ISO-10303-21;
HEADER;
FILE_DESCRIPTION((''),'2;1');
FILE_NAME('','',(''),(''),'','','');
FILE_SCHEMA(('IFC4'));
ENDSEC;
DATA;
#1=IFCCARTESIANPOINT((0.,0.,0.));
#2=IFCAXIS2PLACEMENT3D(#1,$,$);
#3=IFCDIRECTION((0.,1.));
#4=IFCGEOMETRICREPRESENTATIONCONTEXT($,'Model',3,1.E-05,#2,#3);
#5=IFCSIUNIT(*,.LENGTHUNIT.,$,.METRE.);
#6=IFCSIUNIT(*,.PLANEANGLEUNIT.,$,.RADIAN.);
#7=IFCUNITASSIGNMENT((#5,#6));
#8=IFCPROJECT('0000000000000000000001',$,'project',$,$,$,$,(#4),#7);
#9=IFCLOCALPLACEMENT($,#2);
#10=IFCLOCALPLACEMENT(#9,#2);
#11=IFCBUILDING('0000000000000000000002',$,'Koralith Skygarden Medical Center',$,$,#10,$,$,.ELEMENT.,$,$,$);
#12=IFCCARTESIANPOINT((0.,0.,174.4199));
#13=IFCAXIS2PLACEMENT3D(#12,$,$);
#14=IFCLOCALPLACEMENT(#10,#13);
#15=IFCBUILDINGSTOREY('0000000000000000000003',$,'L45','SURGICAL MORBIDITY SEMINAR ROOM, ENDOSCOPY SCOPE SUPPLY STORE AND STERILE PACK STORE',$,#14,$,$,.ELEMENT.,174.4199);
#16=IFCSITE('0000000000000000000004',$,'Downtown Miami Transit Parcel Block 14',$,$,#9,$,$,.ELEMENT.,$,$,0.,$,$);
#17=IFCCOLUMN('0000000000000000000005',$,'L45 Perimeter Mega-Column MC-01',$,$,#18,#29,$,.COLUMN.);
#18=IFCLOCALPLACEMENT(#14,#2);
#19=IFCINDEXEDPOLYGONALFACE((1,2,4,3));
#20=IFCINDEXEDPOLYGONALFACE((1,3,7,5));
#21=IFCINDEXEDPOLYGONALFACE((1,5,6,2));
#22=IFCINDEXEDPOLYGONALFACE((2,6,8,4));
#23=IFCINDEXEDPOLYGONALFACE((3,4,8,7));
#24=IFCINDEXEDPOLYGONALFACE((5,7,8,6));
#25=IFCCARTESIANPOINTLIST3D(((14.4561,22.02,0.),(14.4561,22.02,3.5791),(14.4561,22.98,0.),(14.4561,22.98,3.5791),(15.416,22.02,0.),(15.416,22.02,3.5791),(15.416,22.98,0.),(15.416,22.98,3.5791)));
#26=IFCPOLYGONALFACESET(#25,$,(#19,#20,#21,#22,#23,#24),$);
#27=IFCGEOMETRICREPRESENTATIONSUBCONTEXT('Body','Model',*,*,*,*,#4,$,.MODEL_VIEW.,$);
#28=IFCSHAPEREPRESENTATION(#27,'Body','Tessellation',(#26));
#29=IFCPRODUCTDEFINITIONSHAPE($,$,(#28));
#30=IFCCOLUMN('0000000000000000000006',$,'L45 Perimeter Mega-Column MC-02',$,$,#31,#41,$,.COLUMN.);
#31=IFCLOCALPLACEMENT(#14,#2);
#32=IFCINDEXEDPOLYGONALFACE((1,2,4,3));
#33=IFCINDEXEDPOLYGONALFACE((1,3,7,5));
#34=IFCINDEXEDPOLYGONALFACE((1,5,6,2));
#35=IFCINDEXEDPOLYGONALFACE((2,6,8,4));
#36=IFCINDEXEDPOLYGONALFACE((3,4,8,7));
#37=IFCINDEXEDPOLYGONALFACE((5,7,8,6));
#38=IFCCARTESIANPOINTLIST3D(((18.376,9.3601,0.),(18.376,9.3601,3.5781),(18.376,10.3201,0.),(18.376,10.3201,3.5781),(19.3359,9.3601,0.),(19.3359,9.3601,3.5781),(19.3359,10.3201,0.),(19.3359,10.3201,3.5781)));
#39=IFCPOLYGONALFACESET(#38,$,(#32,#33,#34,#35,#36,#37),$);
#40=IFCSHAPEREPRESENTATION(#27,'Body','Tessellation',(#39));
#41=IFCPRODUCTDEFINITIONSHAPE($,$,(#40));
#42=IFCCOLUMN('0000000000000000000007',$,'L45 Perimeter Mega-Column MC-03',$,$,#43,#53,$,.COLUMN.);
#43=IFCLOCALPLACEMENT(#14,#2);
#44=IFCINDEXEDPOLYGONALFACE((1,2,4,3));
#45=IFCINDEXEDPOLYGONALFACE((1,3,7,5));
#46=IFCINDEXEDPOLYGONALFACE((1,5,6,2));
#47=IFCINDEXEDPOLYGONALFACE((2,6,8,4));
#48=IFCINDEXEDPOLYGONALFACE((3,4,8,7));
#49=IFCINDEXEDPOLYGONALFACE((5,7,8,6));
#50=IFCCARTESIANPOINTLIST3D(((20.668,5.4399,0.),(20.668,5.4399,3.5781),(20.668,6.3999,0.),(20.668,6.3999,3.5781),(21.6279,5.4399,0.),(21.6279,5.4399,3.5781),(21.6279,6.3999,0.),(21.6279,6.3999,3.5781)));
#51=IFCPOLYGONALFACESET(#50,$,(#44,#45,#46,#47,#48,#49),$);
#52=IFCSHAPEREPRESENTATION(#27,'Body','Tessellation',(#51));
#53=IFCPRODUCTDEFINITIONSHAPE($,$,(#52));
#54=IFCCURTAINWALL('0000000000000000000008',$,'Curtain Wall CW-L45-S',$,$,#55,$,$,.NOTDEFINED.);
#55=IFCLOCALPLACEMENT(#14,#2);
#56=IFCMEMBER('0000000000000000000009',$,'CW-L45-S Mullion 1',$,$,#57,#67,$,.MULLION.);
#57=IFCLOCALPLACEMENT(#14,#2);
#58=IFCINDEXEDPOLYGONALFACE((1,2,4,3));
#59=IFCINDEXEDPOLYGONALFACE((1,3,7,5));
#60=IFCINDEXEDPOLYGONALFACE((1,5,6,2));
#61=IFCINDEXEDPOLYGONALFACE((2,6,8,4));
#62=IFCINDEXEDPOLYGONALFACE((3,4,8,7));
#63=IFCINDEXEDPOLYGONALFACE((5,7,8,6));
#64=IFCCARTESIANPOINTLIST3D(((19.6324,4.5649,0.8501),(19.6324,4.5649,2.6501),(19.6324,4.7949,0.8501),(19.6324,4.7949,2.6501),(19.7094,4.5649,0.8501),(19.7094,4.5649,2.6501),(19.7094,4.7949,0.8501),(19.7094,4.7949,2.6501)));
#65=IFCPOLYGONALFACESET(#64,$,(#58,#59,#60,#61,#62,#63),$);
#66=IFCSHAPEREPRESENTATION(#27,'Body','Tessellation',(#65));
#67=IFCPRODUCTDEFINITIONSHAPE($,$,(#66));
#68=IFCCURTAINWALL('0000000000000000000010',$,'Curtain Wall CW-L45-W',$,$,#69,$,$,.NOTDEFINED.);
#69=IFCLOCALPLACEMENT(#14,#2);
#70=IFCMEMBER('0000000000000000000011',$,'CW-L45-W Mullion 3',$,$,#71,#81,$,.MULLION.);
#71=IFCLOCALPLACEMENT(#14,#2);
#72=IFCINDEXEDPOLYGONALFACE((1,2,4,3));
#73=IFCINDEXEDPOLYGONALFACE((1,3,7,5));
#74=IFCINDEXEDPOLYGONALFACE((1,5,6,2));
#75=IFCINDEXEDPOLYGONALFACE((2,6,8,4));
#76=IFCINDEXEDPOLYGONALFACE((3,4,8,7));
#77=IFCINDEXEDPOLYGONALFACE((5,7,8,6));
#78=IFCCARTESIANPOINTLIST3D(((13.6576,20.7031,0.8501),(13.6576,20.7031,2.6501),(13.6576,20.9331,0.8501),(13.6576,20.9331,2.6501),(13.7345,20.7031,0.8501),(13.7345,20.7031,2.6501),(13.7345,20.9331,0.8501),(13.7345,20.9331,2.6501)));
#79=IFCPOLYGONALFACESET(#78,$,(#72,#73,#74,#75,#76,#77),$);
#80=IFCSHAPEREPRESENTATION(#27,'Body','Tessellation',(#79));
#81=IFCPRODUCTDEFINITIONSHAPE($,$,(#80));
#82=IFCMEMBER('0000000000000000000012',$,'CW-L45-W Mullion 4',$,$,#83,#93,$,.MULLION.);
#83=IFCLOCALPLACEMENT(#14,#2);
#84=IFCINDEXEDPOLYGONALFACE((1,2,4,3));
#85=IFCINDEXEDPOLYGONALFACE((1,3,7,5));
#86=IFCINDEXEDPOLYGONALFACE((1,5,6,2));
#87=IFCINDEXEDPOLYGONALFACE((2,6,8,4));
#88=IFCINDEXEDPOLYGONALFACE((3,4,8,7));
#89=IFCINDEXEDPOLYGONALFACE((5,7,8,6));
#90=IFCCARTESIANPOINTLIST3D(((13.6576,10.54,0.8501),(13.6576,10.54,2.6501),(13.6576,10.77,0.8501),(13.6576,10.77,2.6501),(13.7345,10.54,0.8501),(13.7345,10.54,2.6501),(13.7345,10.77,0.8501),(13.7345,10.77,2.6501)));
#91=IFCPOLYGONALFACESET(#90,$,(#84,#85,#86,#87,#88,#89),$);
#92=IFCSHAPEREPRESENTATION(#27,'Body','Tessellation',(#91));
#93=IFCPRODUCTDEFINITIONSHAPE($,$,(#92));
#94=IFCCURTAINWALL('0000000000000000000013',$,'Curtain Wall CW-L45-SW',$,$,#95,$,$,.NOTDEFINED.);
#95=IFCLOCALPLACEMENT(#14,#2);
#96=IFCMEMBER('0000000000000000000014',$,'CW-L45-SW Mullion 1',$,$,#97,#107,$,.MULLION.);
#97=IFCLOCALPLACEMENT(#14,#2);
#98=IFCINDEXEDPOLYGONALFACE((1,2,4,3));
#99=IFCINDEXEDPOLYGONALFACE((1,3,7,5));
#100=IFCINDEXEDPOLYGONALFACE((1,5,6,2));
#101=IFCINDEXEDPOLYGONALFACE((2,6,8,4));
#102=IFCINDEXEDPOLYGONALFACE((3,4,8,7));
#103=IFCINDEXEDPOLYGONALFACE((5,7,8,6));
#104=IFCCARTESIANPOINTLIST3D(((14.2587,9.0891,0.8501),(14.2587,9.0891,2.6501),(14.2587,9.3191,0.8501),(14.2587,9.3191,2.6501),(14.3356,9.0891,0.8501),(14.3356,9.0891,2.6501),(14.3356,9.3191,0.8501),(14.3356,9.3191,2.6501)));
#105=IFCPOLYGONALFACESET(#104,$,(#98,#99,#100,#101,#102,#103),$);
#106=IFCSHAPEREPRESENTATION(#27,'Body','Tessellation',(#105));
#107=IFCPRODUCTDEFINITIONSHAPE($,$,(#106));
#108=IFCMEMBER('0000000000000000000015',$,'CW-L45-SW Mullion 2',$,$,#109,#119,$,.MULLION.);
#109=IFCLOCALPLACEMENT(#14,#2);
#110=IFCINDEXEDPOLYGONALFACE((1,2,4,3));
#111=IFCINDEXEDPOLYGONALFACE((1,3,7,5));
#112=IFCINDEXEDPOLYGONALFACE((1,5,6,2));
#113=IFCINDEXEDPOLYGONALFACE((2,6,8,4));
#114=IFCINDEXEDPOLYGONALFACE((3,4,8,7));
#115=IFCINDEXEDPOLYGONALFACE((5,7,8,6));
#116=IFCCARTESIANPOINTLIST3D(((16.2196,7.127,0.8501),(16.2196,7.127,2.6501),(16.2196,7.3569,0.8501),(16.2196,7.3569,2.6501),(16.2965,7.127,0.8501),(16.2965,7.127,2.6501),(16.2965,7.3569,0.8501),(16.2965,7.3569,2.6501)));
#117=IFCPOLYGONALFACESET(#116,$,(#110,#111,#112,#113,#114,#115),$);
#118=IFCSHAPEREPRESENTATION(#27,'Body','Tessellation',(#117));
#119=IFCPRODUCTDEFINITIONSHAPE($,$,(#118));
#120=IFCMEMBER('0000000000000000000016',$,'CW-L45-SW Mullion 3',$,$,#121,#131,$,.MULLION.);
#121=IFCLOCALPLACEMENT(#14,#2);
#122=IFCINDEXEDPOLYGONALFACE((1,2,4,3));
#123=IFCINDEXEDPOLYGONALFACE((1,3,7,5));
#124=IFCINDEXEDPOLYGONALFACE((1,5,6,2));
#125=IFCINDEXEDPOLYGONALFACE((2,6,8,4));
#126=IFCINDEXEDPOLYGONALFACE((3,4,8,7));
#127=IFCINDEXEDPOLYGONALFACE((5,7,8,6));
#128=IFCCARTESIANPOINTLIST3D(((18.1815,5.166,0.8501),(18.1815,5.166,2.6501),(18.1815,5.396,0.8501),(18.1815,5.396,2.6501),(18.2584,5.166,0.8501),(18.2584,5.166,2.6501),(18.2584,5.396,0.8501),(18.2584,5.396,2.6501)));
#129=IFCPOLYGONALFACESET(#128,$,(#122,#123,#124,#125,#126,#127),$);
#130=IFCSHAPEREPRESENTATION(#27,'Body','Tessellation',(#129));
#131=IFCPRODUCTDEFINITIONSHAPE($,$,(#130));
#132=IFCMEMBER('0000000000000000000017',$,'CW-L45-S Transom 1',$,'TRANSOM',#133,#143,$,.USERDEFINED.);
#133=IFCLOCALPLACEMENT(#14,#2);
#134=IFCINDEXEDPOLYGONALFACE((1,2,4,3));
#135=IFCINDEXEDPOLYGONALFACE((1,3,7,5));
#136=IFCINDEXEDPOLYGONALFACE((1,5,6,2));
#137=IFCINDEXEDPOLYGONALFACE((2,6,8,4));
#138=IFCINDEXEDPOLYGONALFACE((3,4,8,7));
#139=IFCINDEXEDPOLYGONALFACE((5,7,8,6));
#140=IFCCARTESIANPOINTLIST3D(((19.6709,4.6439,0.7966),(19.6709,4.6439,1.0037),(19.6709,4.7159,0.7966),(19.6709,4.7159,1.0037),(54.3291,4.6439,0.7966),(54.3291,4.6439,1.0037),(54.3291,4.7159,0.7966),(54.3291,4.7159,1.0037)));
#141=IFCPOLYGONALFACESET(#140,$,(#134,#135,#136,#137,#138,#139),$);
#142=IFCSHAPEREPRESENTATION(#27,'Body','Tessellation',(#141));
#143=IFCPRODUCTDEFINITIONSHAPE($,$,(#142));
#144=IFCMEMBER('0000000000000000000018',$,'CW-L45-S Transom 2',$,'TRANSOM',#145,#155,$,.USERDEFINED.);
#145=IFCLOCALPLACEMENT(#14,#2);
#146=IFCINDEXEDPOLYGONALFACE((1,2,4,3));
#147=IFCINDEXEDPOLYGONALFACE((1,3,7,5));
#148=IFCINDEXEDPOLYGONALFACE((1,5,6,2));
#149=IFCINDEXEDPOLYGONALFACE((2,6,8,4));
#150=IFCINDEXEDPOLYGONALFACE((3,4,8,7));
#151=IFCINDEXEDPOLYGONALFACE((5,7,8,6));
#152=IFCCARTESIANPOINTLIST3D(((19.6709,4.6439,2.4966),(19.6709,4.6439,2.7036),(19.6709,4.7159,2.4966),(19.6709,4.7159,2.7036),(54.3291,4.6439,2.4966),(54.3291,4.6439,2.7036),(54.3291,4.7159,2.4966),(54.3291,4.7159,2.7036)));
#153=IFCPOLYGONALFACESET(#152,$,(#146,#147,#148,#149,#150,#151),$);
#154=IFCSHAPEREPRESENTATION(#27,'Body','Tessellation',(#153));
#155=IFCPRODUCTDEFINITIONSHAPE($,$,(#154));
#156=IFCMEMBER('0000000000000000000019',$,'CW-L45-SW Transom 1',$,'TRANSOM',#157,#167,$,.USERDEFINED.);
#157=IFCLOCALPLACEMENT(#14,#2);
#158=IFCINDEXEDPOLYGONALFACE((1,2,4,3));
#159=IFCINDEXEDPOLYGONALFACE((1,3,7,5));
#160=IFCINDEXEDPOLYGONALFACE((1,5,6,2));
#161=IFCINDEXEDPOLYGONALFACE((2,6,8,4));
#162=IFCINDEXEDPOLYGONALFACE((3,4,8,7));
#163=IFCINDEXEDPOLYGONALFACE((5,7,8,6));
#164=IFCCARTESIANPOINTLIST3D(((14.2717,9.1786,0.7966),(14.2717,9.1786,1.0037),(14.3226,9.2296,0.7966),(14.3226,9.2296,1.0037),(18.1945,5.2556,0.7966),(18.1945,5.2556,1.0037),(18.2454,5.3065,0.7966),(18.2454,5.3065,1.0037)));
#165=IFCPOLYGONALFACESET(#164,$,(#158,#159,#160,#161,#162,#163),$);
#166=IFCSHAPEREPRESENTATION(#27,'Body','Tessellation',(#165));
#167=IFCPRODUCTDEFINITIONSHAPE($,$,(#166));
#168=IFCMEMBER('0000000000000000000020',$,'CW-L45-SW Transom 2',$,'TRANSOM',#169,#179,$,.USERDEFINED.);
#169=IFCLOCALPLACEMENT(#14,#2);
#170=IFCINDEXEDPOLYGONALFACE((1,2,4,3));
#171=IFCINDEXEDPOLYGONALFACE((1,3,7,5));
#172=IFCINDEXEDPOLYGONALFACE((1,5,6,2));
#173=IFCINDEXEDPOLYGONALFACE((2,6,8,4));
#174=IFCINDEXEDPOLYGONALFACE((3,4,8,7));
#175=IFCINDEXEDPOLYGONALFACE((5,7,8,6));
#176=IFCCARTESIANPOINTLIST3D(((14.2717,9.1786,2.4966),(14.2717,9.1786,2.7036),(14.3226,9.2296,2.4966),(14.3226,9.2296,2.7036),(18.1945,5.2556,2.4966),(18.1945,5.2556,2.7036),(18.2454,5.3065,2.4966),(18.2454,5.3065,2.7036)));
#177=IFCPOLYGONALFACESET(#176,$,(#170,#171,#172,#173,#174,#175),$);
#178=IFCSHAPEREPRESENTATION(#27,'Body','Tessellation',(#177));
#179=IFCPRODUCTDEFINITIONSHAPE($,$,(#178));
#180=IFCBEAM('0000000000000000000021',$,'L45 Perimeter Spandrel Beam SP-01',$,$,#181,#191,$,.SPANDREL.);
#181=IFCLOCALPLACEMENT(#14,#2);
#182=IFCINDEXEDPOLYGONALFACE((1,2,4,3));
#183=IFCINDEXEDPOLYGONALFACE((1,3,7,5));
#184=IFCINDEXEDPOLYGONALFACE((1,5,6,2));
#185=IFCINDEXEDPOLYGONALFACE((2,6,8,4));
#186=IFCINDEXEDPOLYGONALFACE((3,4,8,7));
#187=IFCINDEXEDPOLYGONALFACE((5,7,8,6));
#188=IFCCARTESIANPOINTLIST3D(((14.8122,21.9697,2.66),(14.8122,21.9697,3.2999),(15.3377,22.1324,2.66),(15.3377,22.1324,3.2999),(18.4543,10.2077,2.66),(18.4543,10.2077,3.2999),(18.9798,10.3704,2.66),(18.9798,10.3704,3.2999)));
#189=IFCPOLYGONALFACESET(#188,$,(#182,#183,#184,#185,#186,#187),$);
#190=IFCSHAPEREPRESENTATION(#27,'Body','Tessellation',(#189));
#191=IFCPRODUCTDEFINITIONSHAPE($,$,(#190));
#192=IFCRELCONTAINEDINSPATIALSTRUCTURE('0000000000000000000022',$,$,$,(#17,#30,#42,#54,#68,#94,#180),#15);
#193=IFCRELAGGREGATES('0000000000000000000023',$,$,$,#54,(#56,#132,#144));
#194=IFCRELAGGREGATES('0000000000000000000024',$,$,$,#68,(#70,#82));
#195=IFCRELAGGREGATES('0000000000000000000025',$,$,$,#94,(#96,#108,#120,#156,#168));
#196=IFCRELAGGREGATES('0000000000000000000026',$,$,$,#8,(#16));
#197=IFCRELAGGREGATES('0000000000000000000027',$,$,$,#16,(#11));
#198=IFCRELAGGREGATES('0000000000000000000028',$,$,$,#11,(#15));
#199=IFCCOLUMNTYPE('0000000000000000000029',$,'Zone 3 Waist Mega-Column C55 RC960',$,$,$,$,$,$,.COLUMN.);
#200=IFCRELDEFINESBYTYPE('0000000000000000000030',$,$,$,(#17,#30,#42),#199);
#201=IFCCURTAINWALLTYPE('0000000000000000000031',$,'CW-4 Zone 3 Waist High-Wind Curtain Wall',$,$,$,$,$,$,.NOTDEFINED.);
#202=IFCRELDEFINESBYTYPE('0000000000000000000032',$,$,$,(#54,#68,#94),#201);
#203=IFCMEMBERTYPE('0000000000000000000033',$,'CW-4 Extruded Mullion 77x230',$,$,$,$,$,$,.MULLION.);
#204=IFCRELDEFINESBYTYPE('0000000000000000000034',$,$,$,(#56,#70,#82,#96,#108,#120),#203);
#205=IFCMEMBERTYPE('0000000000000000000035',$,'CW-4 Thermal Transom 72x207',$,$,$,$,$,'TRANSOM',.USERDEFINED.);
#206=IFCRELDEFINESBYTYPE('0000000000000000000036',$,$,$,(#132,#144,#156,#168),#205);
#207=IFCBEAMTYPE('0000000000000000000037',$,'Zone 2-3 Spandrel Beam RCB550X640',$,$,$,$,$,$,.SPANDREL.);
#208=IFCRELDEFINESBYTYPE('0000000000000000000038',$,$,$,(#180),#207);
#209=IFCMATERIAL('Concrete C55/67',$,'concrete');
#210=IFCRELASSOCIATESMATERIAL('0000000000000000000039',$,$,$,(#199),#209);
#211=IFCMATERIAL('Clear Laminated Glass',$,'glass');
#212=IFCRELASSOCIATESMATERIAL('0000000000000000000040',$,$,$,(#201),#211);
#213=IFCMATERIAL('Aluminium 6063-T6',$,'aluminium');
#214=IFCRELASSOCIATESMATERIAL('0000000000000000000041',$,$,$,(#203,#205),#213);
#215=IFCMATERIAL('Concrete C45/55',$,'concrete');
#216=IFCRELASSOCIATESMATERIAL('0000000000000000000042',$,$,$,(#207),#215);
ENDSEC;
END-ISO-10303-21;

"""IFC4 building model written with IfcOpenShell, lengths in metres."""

from ifc_helpers import new_model, si_unit, direction, frame, origin, origin_2d, place, context, subcontext, project, spatial, rectangle, extrude, material, material_profile, profile_set, type_object, element, aggregate, save


model = new_model("IFC4")

# Units and contexts
model_context = context("Model", 3, precision=1e-05, world=origin(), true_north=direction((0.0, 1.0)))
body_context = subcontext(model_context, "Body", "Model", "MODEL_VIEW")
ifc_project = project(units=[si_unit("LENGTHUNIT", "METRE"), si_unit("PLANEANGLEUNIT", "RADIAN")], contexts=[model_context])

# Site, building, storey
site_placement = place(None, origin())
site = spatial("IfcSite", under=ifc_project, at=site_placement, Name="Downtown Miami Transit Parcel Block 14", CompositionType="ELEMENT", RefElevation=0.0)
building_placement = place(site_placement, origin())
building = spatial("IfcBuilding", under=site, at=building_placement, Name="Koralith Skygarden Medical Center", CompositionType="ELEMENT")
storey_placement = place(building_placement, frame((0.0, 0.0, 174.4199)))
storey = spatial("IfcBuildingStorey", under=building, at=storey_placement, Name="L45", Description="SURGICAL MORBIDITY SEMINAR ROOM, ENDOSCOPY SCOPE SUPPLY STORE AND STERILE PACK STORE", CompositionType="ELEMENT", Elevation=174.4199)

# Columns
ifc_material_1 = material(Name="Concrete C55/67", Category="concrete")
ifc_material_profile_1 = material_profile(ifc_material_1, rectangle(XDim=0.96, YDim=0.96, at=origin_2d()), Name="RC960X960")
ifc_profile_set_1 = profile_set([ifc_material_profile_1], Name="Concrete C55/67")
column_type = type_object("IfcColumnType", Name="Zone 3 Waist Mega-Column C55 RC960", PredefinedType="COLUMN", material=ifc_profile_set_1)
column_placement = place(storey_placement, frame((14.936, 22.5, 0.0), z_axis=(0.0, 0.0, 1.0), x_axis=(1.0, 0.0, 0.0)))
element("IfcColumn", 1, at=column_placement, inside=storey, type_object=column_type, Name="L45 Perimeter Mega-Column MC-01", PredefinedType="COLUMN", context=body_context, shape_type="SweptSolid", body=[
    extrude(rectangle(XDim=0.96, YDim=0.96, at=origin_2d()), origin(), (0.0, 0.0, 1.0), 3.5791),
])
for number, where, z_axis, x_axis, name in (
    (2, (18.856, 9.8401, 0.0), (0.0, 0.0, 1.0), (1.0, 0.0, 0.0), "L45 Perimeter Mega-Column MC-02"),
    (3, (21.1479, 5.9199, 0.0), (0.0, 0.0, 1.0), (1.0, 0.0, 0.0), "L45 Perimeter Mega-Column MC-03"),
):
    element("IfcColumn", number, at=place(storey_placement, frame(where, z_axis=z_axis, x_axis=x_axis)), inside=storey, type_object=column_type, Name=name, PredefinedType="COLUMN", context=body_context, shape_type="SweptSolid", body=[
        extrude(rectangle(XDim=0.96, YDim=0.96, at=origin_2d()), origin(), (0.0, 0.0, 1.0), 3.5781),
    ])

# Curtain wall, member
ifc_material_2 = material(Name="Clear Laminated Glass", Category="glass")
curtain_wall_type = type_object("IfcCurtainWallType", Name="CW-4 Zone 3 Waist High-Wind Curtain Wall", PredefinedType="NOTDEFINED", material=ifc_material_2)
curtain_wall_1_placement = place(storey_placement, origin())
curtain_wall_1 = element("IfcCurtainWall", 4, at=curtain_wall_1_placement, inside=storey, type_object=curtain_wall_type, Name="Curtain Wall CW-L45-S", PredefinedType="NOTDEFINED")
ifc_material_3 = material(Name="Aluminium 6063-T6", Category="aluminium")
ifc_material_profile_2 = material_profile(ifc_material_3, rectangle(XDim=0.0769, YDim=0.23, at=origin_2d()), Name="MUL77X230")
ifc_profile_set_2 = profile_set([ifc_material_profile_2], Name="Aluminium 6063-T6")
member_type_1 = type_object("IfcMemberType", Name="CW-4 Extruded Mullion 77x230", PredefinedType="MULLION", material=ifc_profile_set_2)
member_1_placement = place(storey_placement, frame((19.6709, 4.6799, 0.8501), z_axis=(0.0, 0.0, 1.0), x_axis=(1.0, 0.0, 0.0)))
member_1 = element("IfcMember", 5, at=member_1_placement, type_object=member_type_1, Name="CW-L45-S Mullion 1", PredefinedType="MULLION", context=body_context, shape_type="SweptSolid", body=[
    extrude(rectangle(XDim=0.0769, YDim=0.23, at=origin_2d()), origin(), (0.0, 0.0, 1.0), 1.8),
])

# Curtain walls, members
curtain_wall_2_placement = place(storey_placement, origin())
curtain_wall_2 = element("IfcCurtainWall", 6, at=curtain_wall_2_placement, inside=storey, type_object=curtain_wall_type, Name="Curtain Wall CW-L45-W", PredefinedType="NOTDEFINED")
member_2_placement = place(storey_placement, frame((13.696, 20.8181, 0.8501), z_axis=(0.0, 0.0, 1.0), x_axis=(1.0, 0.0, 0.0)))
member_2 = element("IfcMember", 7, at=member_2_placement, type_object=member_type_1, Name="CW-L45-W Mullion 3", PredefinedType="MULLION", context=body_context, shape_type="SweptSolid", body=[
    extrude(rectangle(XDim=0.0769, YDim=0.23, at=origin_2d()), origin(), (0.0, 0.0, 1.0), 1.8),
])
member_3_placement = place(storey_placement, frame((13.696, 10.655, 0.8501), z_axis=(0.0, 0.0, 1.0), x_axis=(1.0, 0.0, 0.0)))
member_3 = element("IfcMember", 8, at=member_3_placement, type_object=member_type_1, Name="CW-L45-W Mullion 4", PredefinedType="MULLION", context=body_context, shape_type="SweptSolid", body=[
    extrude(rectangle(XDim=0.0769, YDim=0.23, at=origin_2d()), origin(), (0.0, 0.0, 1.0), 1.8),
])
curtain_wall_3_placement = place(storey_placement, origin())
curtain_wall_3 = element("IfcCurtainWall", 9, at=curtain_wall_3_placement, inside=storey, type_object=curtain_wall_type, Name="Curtain Wall CW-L45-SW", PredefinedType="NOTDEFINED")
member_4_placement = place(storey_placement, frame((14.2971, 9.2041, 0.8501), z_axis=(0.0, 0.0, 1.0), x_axis=(1.0, 0.0, 0.0)))
member_4 = element("IfcMember", 10, at=member_4_placement, type_object=member_type_1, Name="CW-L45-SW Mullion 1", PredefinedType="MULLION", context=body_context, shape_type="SweptSolid", body=[
    extrude(rectangle(XDim=0.0769, YDim=0.23, at=origin_2d()), origin(), (0.0, 0.0, 1.0), 1.8),
])
member_5_placement = place(storey_placement, frame((16.2581, 7.2419, 0.8501), z_axis=(0.0, 0.0, 1.0), x_axis=(1.0, 0.0, 0.0)))
member_5 = element("IfcMember", 11, at=member_5_placement, type_object=member_type_1, Name="CW-L45-SW Mullion 2", PredefinedType="MULLION", context=body_context, shape_type="SweptSolid", body=[
    extrude(rectangle(XDim=0.0769, YDim=0.23, at=origin_2d()), origin(), (0.0, 0.0, 1.0), 1.8),
])
member_6_placement = place(storey_placement, frame((18.22, 5.281, 0.8501), z_axis=(0.0, 0.0, 1.0), x_axis=(1.0, 0.0, 0.0)))
member_6 = element("IfcMember", 12, at=member_6_placement, type_object=member_type_1, Name="CW-L45-SW Mullion 3", PredefinedType="MULLION", context=body_context, shape_type="SweptSolid", body=[
    extrude(rectangle(XDim=0.0769, YDim=0.23, at=origin_2d()), origin(), (0.0, 0.0, 1.0), 1.8),
])

# Members
ifc_material_profile_3 = material_profile(ifc_material_3, rectangle(XDim=0.072, YDim=0.207, at=origin_2d()), Name="TRN72X207")
ifc_profile_set_3 = profile_set([ifc_material_profile_3], Name="Aluminium 6063-T6")
member_type_2 = type_object("IfcMemberType", Name="CW-4 Thermal Transom 72x207", ElementType="TRANSOM", PredefinedType="USERDEFINED", material=ifc_profile_set_3)
member_7_placement = place(storey_placement, frame((19.6709, 4.6799, 0.9001), z_axis=(1.0, 0.0, 0.0), x_axis=(0.0, 1.0, 0.0)))
member_7 = element("IfcMember", 13, at=member_7_placement, type_object=member_type_2, Name="CW-L45-S Transom 1", ObjectType="TRANSOM", PredefinedType="USERDEFINED", context=body_context, shape_type="SweptSolid", body=[
    extrude(rectangle(XDim=0.072, YDim=0.207, at=origin_2d()), origin(), (0.0, 0.0, 1.0), 34.6582),
])
member_8_placement = place(storey_placement, frame((19.6709, 4.6799, 2.6001), z_axis=(1.0, 0.0, 0.0), x_axis=(0.0, 1.0, 0.0)))
member_8 = element("IfcMember", 14, at=member_8_placement, type_object=member_type_2, Name="CW-L45-S Transom 2", ObjectType="TRANSOM", PredefinedType="USERDEFINED", context=body_context, shape_type="SweptSolid", body=[
    extrude(rectangle(XDim=0.072, YDim=0.207, at=origin_2d()), origin(), (0.0, 0.0, 1.0), 34.6582),
])
aggregate(curtain_wall_1, [member_1, member_7, member_8])
member_9_placement = place(storey_placement, frame((14.2971, 9.2041, 0.9001), z_axis=(0.707085, -0.707129, 0.0), x_axis=(0.707129, 0.707085, 0.0)))
member_9 = element("IfcMember", 15, at=member_9_placement, type_object=member_type_2, Name="CW-L45-SW Transom 1", ObjectType="TRANSOM", PredefinedType="USERDEFINED", context=body_context, shape_type="SweptSolid", body=[
    extrude(rectangle(XDim=0.072, YDim=0.207, at=origin_2d()), origin(), (0.0, 0.0, 1.0), 5.5479),
])
member_10_placement = place(storey_placement, frame((14.2971, 9.2041, 2.6001), z_axis=(0.707085, -0.707129, 0.0), x_axis=(0.707129, 0.707085, 0.0)))
member_10 = element("IfcMember", 16, at=member_10_placement, type_object=member_type_2, Name="CW-L45-SW Transom 2", ObjectType="TRANSOM", PredefinedType="USERDEFINED", context=body_context, shape_type="SweptSolid", body=[
    extrude(rectangle(XDim=0.072, YDim=0.207, at=origin_2d()), origin(), (0.0, 0.0, 1.0), 5.5479),
])

# Beam
ifc_material_4 = material(Name="Concrete C45/55", Category="concrete")
ifc_material_profile_4 = material_profile(ifc_material_4, rectangle(XDim=0.55, YDim=0.6399, at=origin_2d()), Name="RCB550X640")
ifc_profile_set_4 = profile_set([ifc_material_profile_4], Name="Concrete C45/55")
beam_type = type_object("IfcBeamType", Name="Zone 2-3 Spandrel Beam RCB550X640", PredefinedType="SPANDREL", material=ifc_profile_set_4)
beam_1_placement = place(storey_placement, frame((15.075, 22.051, 2.98), z_axis=(0.295794, -0.955252, 0.0), x_axis=(0.955252, 0.295794, 0.0)))
element("IfcBeam", 17, at=beam_1_placement, inside=storey, type_object=beam_type, Name="L45 Perimeter Spandrel Beam SP-01", PredefinedType="SPANDREL", context=body_context, shape_type="SweptSolid", body=[
    extrude(rectangle(XDim=0.55, YDim=0.6399, at=origin_2d()), origin(), (0.0, 0.0, 1.0), 12.313),
])

aggregate(curtain_wall_2, [member_2, member_3])
aggregate(curtain_wall_3, [member_4, member_5, member_6, member_9, member_10])

save(model, "model.ifc")
